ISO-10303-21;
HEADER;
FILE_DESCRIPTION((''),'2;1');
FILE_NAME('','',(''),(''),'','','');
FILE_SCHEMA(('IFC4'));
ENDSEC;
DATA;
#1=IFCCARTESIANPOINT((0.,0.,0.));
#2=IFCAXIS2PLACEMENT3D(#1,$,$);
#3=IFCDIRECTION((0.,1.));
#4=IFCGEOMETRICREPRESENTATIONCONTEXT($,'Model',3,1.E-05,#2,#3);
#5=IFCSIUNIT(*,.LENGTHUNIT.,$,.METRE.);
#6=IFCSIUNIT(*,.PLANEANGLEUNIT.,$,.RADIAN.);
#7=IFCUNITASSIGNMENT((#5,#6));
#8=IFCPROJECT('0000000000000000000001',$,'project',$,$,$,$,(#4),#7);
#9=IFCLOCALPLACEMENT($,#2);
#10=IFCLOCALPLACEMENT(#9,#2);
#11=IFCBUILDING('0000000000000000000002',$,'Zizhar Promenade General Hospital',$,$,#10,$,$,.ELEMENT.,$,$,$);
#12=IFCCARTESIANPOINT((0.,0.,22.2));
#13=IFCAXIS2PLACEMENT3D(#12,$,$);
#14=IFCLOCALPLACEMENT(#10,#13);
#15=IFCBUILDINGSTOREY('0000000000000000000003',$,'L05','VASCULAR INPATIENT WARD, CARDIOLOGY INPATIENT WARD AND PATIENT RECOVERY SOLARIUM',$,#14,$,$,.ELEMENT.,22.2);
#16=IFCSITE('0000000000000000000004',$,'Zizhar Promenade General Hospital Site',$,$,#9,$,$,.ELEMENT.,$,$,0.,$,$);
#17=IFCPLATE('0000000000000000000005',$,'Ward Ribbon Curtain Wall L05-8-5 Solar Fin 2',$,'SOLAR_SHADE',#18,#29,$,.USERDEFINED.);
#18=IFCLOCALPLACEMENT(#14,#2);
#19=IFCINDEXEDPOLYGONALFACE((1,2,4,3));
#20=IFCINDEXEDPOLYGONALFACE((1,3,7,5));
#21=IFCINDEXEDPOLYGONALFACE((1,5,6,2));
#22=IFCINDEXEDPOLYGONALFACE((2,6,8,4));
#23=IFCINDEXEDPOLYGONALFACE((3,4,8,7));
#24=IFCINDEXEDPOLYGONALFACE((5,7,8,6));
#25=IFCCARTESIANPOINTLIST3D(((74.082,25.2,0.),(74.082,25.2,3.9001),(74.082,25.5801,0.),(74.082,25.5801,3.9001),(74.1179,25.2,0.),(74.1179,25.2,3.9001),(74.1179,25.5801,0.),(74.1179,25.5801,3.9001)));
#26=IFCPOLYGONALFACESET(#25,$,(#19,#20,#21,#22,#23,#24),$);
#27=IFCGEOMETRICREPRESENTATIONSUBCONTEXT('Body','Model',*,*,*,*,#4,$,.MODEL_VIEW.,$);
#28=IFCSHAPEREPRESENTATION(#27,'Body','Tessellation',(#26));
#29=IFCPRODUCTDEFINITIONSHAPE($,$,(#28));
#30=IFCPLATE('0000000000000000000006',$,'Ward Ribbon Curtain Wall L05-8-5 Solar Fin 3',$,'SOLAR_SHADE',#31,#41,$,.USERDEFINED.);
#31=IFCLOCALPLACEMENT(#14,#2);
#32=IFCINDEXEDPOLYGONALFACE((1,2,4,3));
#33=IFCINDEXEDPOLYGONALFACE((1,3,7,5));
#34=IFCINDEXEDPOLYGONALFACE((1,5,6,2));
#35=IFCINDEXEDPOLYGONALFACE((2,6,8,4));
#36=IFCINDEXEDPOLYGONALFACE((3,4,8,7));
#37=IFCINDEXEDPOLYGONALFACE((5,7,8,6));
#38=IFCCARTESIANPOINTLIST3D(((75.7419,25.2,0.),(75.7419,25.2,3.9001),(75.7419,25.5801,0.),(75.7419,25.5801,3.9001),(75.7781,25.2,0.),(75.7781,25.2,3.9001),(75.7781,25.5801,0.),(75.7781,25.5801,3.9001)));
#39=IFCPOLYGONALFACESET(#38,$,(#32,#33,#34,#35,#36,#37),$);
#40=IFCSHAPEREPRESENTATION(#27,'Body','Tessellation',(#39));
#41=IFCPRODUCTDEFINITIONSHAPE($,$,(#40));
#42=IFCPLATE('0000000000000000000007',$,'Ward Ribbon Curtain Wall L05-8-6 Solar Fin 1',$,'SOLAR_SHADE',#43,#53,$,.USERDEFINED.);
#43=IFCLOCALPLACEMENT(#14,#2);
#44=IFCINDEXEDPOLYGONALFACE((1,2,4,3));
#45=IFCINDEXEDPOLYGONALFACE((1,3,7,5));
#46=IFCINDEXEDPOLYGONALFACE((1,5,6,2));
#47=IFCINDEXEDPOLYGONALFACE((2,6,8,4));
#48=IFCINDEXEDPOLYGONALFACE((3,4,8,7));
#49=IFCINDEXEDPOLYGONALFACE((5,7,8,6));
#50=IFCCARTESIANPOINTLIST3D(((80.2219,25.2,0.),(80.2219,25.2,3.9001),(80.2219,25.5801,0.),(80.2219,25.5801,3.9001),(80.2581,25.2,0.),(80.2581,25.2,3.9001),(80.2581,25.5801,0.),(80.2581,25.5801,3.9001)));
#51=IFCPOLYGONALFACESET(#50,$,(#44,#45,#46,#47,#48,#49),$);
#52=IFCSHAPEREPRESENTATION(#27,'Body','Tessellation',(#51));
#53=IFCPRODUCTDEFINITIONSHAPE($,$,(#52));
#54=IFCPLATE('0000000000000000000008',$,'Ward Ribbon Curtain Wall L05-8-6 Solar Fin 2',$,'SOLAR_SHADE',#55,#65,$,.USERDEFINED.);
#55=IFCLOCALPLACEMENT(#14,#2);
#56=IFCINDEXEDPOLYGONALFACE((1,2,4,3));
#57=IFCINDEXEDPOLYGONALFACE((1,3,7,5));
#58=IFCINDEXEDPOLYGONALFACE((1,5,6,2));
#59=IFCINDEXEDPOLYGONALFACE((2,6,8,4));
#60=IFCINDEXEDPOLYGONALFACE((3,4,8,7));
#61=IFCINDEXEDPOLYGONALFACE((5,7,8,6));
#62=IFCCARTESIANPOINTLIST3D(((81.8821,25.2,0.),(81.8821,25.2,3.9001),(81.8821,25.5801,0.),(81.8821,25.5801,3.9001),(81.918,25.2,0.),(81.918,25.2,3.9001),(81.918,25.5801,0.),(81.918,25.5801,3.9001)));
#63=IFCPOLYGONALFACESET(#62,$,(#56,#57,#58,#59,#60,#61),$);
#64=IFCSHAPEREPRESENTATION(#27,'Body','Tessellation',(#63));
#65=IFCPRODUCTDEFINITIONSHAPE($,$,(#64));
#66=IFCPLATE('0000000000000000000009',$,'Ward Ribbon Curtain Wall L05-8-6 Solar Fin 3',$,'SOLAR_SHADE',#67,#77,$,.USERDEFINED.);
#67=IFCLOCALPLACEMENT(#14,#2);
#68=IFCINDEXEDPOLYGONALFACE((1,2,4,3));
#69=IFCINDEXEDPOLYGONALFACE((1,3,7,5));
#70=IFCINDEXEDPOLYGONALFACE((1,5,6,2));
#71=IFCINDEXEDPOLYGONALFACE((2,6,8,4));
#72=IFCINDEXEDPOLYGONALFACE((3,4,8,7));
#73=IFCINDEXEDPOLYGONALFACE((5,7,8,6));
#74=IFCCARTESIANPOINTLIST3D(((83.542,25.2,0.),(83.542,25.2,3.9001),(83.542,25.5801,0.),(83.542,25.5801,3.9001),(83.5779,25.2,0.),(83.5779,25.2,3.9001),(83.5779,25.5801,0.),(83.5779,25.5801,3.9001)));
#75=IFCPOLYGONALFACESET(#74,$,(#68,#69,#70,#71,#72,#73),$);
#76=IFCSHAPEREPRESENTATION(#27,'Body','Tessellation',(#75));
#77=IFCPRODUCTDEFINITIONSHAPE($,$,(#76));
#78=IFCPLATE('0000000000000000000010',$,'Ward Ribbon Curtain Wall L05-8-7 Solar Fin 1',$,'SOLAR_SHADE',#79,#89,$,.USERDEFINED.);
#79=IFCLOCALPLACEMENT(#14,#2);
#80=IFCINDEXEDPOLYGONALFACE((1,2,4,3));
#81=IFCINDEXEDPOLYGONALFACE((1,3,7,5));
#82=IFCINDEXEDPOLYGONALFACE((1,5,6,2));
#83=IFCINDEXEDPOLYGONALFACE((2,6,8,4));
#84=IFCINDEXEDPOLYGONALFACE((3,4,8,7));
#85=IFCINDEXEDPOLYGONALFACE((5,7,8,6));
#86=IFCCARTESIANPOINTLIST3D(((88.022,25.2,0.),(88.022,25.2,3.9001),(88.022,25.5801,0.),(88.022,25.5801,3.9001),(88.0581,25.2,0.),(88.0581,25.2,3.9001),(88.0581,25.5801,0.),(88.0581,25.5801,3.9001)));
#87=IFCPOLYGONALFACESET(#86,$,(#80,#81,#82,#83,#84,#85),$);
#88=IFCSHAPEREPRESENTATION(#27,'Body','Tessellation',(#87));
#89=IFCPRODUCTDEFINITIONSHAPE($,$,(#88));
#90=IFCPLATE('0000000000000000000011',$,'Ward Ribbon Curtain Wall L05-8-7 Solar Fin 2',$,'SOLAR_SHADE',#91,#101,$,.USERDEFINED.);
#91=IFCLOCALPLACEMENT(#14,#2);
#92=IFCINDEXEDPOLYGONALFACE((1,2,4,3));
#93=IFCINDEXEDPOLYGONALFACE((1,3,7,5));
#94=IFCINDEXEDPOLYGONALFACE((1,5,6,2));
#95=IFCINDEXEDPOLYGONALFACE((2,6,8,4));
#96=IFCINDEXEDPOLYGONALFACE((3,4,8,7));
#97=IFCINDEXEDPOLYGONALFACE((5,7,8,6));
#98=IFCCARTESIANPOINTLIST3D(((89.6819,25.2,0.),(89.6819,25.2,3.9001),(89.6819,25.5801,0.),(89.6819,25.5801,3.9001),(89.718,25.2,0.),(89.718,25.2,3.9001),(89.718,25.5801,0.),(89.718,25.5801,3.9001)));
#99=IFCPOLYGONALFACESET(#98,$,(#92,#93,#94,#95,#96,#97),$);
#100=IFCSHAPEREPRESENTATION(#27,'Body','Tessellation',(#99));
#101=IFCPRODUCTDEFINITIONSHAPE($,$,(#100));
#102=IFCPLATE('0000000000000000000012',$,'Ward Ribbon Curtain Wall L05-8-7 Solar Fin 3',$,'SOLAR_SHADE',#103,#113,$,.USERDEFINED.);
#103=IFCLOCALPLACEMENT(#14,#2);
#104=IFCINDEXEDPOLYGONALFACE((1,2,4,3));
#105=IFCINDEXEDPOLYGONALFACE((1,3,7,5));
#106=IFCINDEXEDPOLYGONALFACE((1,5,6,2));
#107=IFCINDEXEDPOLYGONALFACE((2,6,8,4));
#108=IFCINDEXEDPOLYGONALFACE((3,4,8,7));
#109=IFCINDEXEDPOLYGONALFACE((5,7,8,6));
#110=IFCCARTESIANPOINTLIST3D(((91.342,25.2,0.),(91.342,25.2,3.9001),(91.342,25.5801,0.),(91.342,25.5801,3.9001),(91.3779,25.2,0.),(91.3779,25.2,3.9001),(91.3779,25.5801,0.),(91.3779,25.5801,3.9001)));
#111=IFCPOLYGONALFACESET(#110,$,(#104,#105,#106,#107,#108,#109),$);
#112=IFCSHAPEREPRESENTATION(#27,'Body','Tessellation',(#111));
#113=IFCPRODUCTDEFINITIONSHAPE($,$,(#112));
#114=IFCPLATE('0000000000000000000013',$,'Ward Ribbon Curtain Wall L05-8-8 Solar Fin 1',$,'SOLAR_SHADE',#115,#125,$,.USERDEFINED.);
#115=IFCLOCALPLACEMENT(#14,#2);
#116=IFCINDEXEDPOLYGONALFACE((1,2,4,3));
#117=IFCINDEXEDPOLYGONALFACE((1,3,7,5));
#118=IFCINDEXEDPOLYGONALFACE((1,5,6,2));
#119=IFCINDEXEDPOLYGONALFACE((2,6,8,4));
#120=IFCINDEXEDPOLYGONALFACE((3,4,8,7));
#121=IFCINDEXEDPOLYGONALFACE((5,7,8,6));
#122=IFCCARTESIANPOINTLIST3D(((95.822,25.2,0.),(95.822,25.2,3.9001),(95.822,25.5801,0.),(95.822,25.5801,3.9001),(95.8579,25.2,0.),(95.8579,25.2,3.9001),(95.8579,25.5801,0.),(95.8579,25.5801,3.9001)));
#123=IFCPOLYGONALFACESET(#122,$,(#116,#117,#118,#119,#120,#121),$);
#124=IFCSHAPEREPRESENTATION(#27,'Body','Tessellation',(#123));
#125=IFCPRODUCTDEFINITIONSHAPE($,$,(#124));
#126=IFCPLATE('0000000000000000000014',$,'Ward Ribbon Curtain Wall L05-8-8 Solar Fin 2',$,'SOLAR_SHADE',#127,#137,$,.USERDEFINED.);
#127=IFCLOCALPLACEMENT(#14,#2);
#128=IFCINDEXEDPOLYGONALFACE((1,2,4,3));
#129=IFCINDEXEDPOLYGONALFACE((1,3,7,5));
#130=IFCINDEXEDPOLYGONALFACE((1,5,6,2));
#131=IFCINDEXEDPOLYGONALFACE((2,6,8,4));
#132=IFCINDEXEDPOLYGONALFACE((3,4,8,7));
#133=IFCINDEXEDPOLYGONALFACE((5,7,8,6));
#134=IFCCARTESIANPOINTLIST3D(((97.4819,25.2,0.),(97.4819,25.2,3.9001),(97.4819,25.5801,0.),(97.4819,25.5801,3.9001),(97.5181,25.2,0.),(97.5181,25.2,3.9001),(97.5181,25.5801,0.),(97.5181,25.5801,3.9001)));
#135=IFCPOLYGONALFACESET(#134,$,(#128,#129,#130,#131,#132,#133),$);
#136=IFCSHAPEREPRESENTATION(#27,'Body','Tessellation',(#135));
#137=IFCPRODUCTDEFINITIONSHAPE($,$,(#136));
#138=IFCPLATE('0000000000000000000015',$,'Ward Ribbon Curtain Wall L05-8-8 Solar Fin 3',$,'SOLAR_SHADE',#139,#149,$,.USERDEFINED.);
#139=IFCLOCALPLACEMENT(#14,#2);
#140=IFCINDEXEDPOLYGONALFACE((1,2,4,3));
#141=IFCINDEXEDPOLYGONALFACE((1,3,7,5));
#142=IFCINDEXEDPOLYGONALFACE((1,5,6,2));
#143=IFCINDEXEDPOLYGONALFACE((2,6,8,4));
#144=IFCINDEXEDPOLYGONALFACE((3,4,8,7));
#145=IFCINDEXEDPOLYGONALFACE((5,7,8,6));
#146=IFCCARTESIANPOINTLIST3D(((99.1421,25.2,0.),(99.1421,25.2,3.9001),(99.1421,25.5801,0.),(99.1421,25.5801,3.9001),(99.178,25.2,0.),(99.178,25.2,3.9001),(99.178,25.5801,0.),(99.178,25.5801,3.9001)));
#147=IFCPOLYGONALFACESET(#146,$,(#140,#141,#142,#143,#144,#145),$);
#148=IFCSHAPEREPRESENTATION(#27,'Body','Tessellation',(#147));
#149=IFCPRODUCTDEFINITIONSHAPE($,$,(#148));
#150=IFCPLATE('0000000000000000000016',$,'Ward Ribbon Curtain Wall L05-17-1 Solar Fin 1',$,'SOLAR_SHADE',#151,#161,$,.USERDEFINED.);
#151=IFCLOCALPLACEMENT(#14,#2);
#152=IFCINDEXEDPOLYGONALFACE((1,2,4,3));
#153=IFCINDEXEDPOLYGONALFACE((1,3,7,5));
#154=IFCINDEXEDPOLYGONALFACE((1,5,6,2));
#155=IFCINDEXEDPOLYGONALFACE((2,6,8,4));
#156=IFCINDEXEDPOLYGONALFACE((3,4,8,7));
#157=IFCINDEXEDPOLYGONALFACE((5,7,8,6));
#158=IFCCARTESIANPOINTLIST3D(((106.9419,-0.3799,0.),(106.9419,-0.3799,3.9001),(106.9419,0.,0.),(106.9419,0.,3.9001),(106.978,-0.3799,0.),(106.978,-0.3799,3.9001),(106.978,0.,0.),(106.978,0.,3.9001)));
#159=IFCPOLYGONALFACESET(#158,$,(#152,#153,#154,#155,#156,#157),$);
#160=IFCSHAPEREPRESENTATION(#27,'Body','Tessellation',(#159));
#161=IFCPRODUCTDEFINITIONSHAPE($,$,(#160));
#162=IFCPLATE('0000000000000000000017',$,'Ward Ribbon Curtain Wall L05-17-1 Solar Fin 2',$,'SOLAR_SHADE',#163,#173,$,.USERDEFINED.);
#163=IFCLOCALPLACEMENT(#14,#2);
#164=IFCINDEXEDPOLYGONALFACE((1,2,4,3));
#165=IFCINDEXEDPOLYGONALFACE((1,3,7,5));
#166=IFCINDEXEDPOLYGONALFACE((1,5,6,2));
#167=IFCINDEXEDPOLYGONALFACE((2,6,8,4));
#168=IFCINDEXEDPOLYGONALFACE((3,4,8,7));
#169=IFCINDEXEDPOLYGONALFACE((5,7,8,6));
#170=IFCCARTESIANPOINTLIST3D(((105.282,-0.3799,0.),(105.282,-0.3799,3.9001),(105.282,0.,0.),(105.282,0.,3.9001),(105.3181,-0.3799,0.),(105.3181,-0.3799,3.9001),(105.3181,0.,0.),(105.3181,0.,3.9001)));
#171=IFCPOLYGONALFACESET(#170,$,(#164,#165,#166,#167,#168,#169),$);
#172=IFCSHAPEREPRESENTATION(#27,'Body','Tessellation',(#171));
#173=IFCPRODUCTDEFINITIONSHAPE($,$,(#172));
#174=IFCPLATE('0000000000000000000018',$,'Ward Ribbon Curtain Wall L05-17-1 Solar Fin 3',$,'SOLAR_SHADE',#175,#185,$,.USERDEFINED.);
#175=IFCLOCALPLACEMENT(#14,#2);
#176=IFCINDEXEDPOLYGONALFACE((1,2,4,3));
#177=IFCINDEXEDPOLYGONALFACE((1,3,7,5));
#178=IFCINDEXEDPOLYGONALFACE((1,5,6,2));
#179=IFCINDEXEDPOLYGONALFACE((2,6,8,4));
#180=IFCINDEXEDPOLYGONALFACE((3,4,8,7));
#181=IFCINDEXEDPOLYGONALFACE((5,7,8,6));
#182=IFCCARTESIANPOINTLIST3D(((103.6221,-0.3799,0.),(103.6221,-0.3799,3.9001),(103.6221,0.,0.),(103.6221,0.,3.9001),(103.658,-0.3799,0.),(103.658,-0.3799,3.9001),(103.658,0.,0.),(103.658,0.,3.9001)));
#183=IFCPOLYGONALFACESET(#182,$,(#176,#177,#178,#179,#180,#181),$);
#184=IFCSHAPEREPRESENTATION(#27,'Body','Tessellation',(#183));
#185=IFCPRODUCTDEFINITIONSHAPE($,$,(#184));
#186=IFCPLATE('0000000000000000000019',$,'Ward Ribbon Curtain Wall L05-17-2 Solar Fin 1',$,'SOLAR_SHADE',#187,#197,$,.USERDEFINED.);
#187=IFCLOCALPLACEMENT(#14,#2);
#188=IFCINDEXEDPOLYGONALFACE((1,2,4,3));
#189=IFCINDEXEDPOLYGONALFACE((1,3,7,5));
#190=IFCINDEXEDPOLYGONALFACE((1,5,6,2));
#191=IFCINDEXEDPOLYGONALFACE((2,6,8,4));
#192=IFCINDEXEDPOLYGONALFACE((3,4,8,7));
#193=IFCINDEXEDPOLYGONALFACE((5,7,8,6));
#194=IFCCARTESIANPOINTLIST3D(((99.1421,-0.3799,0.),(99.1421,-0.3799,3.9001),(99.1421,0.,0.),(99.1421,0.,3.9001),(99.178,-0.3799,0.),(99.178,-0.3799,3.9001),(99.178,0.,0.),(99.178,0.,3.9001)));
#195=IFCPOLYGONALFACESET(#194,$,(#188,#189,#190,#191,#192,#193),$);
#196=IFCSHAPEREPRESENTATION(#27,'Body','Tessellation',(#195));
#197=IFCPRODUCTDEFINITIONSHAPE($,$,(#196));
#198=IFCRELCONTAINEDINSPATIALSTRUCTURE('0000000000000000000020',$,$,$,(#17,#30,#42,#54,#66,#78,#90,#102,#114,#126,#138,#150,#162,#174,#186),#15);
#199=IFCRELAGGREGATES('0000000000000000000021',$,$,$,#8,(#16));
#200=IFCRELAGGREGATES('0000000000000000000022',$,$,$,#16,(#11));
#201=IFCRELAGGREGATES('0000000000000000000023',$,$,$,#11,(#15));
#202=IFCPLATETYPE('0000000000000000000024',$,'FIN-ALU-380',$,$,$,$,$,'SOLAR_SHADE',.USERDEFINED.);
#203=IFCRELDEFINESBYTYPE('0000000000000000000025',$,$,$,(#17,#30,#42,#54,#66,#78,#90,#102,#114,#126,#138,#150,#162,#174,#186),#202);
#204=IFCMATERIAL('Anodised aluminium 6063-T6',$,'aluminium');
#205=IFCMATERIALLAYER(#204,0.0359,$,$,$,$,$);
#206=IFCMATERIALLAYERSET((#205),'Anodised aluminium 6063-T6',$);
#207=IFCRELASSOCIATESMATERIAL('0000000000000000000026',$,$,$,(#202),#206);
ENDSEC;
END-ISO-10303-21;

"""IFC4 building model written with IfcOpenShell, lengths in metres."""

from ifc_helpers import new_model, si_unit, direction, frame, origin, place, context, subcontext, project, spatial, polyline, outline, extrude, material, layer, layer_set, type_object, element, save


model = new_model("IFC4")

# Units and contexts
model_context = context("Model", 3, precision=1e-05, world=origin(), true_north=direction((0.0, 1.0)))
body_context = subcontext(model_context, "Body", "Model", "MODEL_VIEW")
ifc_project = project(units=[si_unit("LENGTHUNIT", "METRE"), si_unit("PLANEANGLEUNIT", "RADIAN")], contexts=[model_context])

# Site, building, storey
site_placement = place(None, origin())
site = spatial("IfcSite", under=ifc_project, at=site_placement, Name="Zizhar Promenade General Hospital Site", CompositionType="ELEMENT", RefElevation=0.0)
building_placement = place(site_placement, origin())
building = spatial("IfcBuilding", under=site, at=building_placement, Name="Zizhar Promenade General Hospital", CompositionType="ELEMENT")
storey_placement = place(building_placement, frame((0.0, 0.0, 22.2)))
storey = spatial("IfcBuildingStorey", under=building, at=storey_placement, Name="L05", Description="VASCULAR INPATIENT WARD, CARDIOLOGY INPATIENT WARD AND PATIENT RECOVERY SOLARIUM", CompositionType="ELEMENT", Elevation=22.2)

# Plates
ifc_material = material(Name="Anodised aluminium 6063-T6", Category="aluminium")
ifc_layer = layer(ifc_material, 0.0359)
ifc_layer_set = layer_set([ifc_layer], Name="Anodised aluminium 6063-T6")
plate_type = type_object("IfcPlateType", Name="FIN-ALU-380", ElementType="SOLAR_SHADE", PredefinedType="USERDEFINED", material=ifc_layer_set)
plate_1_placement = place(storey_placement, origin())
element("IfcPlate", 1, at=plate_1_placement, inside=storey, type_object=plate_type, Name="Ward Ribbon Curtain Wall L05-8-5 Solar Fin 2", ObjectType="SOLAR_SHADE", PredefinedType="USERDEFINED", context=body_context, shape_type="SweptSolid", body=[
    extrude(outline(polyline([(74.082, 25.2), (74.1179, 25.2), (74.1179, 25.5801), (74.082, 25.5801), (74.082, 25.2)])), origin(), (0.0, 0.0, 1.0), 3.9001),
])
plate_2_placement = place(storey_placement, origin())
element("IfcPlate", 2, at=plate_2_placement, inside=storey, type_object=plate_type, Name="Ward Ribbon Curtain Wall L05-8-5 Solar Fin 3", ObjectType="SOLAR_SHADE", PredefinedType="USERDEFINED", context=body_context, shape_type="SweptSolid", body=[
    extrude(outline(polyline([(75.7419, 25.2), (75.7781, 25.2), (75.7781, 25.5801), (75.7419, 25.5801), (75.7419, 25.2)])), origin(), (0.0, 0.0, 1.0), 3.9001),
])
plate_3_placement = place(storey_placement, origin())
element("IfcPlate", 3, at=plate_3_placement, inside=storey, type_object=plate_type, Name="Ward Ribbon Curtain Wall L05-8-6 Solar Fin 1", ObjectType="SOLAR_SHADE", PredefinedType="USERDEFINED", context=body_context, shape_type="SweptSolid", body=[
    extrude(outline(polyline([(80.2219, 25.2), (80.2581, 25.2), (80.2581, 25.5801), (80.2219, 25.5801), (80.2219, 25.2)])), origin(), (0.0, 0.0, 1.0), 3.9001),
])
plate_4_placement = place(storey_placement, origin())
element("IfcPlate", 4, at=plate_4_placement, inside=storey, type_object=plate_type, Name="Ward Ribbon Curtain Wall L05-8-6 Solar Fin 2", ObjectType="SOLAR_SHADE", PredefinedType="USERDEFINED", context=body_context, shape_type="SweptSolid", body=[
    extrude(outline(polyline([(81.8821, 25.2), (81.918, 25.2), (81.918, 25.5801), (81.8821, 25.5801), (81.8821, 25.2)])), origin(), (0.0, 0.0, 1.0), 3.9001),
])
plate_5_placement = place(storey_placement, origin())
element("IfcPlate", 5, at=plate_5_placement, inside=storey, type_object=plate_type, Name="Ward Ribbon Curtain Wall L05-8-6 Solar Fin 3", ObjectType="SOLAR_SHADE", PredefinedType="USERDEFINED", context=body_context, shape_type="SweptSolid", body=[
    extrude(outline(polyline([(83.542, 25.2), (83.5779, 25.2), (83.5779, 25.5801), (83.542, 25.5801), (83.542, 25.2)])), origin(), (0.0, 0.0, 1.0), 3.9001),
])
plate_6_placement = place(storey_placement, origin())
element("IfcPlate", 6, at=plate_6_placement, inside=storey, type_object=plate_type, Name="Ward Ribbon Curtain Wall L05-8-7 Solar Fin 1", ObjectType="SOLAR_SHADE", PredefinedType="USERDEFINED", context=body_context, shape_type="SweptSolid", body=[
    extrude(outline(polyline([(88.022, 25.2), (88.0581, 25.2), (88.0581, 25.5801), (88.022, 25.5801), (88.022, 25.2)])), origin(), (0.0, 0.0, 1.0), 3.9001),
])
plate_7_placement = place(storey_placement, origin())
element("IfcPlate", 7, at=plate_7_placement, inside=storey, type_object=plate_type, Name="Ward Ribbon Curtain Wall L05-8-7 Solar Fin 2", ObjectType="SOLAR_SHADE", PredefinedType="USERDEFINED", context=body_context, shape_type="SweptSolid", body=[
    extrude(outline(polyline([(89.6819, 25.2), (89.718, 25.2), (89.718, 25.5801), (89.6819, 25.5801), (89.6819, 25.2)])), origin(), (0.0, 0.0, 1.0), 3.9001),
])
plate_8_placement = place(storey_placement, origin())
element("IfcPlate", 8, at=plate_8_placement, inside=storey, type_object=plate_type, Name="Ward Ribbon Curtain Wall L05-8-7 Solar Fin 3", ObjectType="SOLAR_SHADE", PredefinedType="USERDEFINED", context=body_context, shape_type="SweptSolid", body=[
    extrude(outline(polyline([(91.342, 25.2), (91.3779, 25.2), (91.3779, 25.5801), (91.342, 25.5801), (91.342, 25.2)])), origin(), (0.0, 0.0, 1.0), 3.9001),
])
plate_9_placement = place(storey_placement, origin())
element("IfcPlate", 9, at=plate_9_placement, inside=storey, type_object=plate_type, Name="Ward Ribbon Curtain Wall L05-8-8 Solar Fin 1", ObjectType="SOLAR_SHADE", PredefinedType="USERDEFINED", context=body_context, shape_type="SweptSolid", body=[
    extrude(outline(polyline([(95.822, 25.2), (95.8579, 25.2), (95.8579, 25.5801), (95.822, 25.5801), (95.822, 25.2)])), origin(), (0.0, 0.0, 1.0), 3.9001),
])
plate_10_placement = place(storey_placement, origin())
element("IfcPlate", 10, at=plate_10_placement, inside=storey, type_object=plate_type, Name="Ward Ribbon Curtain Wall L05-8-8 Solar Fin 2", ObjectType="SOLAR_SHADE", PredefinedType="USERDEFINED", context=body_context, shape_type="SweptSolid", body=[
    extrude(outline(polyline([(97.4819, 25.2), (97.5181, 25.2), (97.5181, 25.5801), (97.4819, 25.5801), (97.4819, 25.2)])), origin(), (0.0, 0.0, 1.0), 3.9001),
])
plate_11_placement = place(storey_placement, origin())
element("IfcPlate", 11, at=plate_11_placement, inside=storey, type_object=plate_type, Name="Ward Ribbon Curtain Wall L05-8-8 Solar Fin 3", ObjectType="SOLAR_SHADE", PredefinedType="USERDEFINED", context=body_context, shape_type="SweptSolid", body=[
    extrude(outline(polyline([(99.1421, 25.2), (99.178, 25.2), (99.178, 25.5801), (99.1421, 25.5801), (99.1421, 25.2)])), origin(), (0.0, 0.0, 1.0), 3.9001),
])
plate_12_placement = place(storey_placement, origin())
element("IfcPlate", 12, at=plate_12_placement, inside=storey, type_object=plate_type, Name="Ward Ribbon Curtain Wall L05-17-1 Solar Fin 1", ObjectType="SOLAR_SHADE", PredefinedType="USERDEFINED", context=body_context, shape_type="SweptSolid", body=[
    extrude(outline(polyline([(106.978, 0.0), (106.9419, 0.0), (106.9419, -0.3799), (106.978, -0.3799), (106.978, 0.0)])), origin(), (0.0, 0.0, 1.0), 3.9001),
])
plate_13_placement = place(storey_placement, origin())
element("IfcPlate", 13, at=plate_13_placement, inside=storey, type_object=plate_type, Name="Ward Ribbon Curtain Wall L05-17-1 Solar Fin 2", ObjectType="SOLAR_SHADE", PredefinedType="USERDEFINED", context=body_context, shape_type="SweptSolid", body=[
    extrude(outline(polyline([(105.3181, 0.0), (105.282, 0.0), (105.282, -0.3799), (105.3181, -0.3799), (105.3181, 0.0)])), origin(), (0.0, 0.0, 1.0), 3.9001),
])
plate_14_placement = place(storey_placement, origin())
element("IfcPlate", 14, at=plate_14_placement, inside=storey, type_object=plate_type, Name="Ward Ribbon Curtain Wall L05-17-1 Solar Fin 3", ObjectType="SOLAR_SHADE", PredefinedType="USERDEFINED", context=body_context, shape_type="SweptSolid", body=[
    extrude(outline(polyline([(103.658, 0.0), (103.6221, 0.0), (103.6221, -0.3799), (103.658, -0.3799), (103.658, 0.0)])), origin(), (0.0, 0.0, 1.0), 3.9001),
])
plate_15_placement = place(storey_placement, origin())
element("IfcPlate", 15, at=plate_15_placement, inside=storey, type_object=plate_type, Name="Ward Ribbon Curtain Wall L05-17-2 Solar Fin 1", ObjectType="SOLAR_SHADE", PredefinedType="USERDEFINED", context=body_context, shape_type="SweptSolid", body=[
    extrude(outline(polyline([(99.178, 0.0), (99.1421, 0.0), (99.1421, -0.3799), (99.178, -0.3799), (99.178, 0.0)])), origin(), (0.0, 0.0, 1.0), 3.9001),
])

save(model, "model.ifc")
